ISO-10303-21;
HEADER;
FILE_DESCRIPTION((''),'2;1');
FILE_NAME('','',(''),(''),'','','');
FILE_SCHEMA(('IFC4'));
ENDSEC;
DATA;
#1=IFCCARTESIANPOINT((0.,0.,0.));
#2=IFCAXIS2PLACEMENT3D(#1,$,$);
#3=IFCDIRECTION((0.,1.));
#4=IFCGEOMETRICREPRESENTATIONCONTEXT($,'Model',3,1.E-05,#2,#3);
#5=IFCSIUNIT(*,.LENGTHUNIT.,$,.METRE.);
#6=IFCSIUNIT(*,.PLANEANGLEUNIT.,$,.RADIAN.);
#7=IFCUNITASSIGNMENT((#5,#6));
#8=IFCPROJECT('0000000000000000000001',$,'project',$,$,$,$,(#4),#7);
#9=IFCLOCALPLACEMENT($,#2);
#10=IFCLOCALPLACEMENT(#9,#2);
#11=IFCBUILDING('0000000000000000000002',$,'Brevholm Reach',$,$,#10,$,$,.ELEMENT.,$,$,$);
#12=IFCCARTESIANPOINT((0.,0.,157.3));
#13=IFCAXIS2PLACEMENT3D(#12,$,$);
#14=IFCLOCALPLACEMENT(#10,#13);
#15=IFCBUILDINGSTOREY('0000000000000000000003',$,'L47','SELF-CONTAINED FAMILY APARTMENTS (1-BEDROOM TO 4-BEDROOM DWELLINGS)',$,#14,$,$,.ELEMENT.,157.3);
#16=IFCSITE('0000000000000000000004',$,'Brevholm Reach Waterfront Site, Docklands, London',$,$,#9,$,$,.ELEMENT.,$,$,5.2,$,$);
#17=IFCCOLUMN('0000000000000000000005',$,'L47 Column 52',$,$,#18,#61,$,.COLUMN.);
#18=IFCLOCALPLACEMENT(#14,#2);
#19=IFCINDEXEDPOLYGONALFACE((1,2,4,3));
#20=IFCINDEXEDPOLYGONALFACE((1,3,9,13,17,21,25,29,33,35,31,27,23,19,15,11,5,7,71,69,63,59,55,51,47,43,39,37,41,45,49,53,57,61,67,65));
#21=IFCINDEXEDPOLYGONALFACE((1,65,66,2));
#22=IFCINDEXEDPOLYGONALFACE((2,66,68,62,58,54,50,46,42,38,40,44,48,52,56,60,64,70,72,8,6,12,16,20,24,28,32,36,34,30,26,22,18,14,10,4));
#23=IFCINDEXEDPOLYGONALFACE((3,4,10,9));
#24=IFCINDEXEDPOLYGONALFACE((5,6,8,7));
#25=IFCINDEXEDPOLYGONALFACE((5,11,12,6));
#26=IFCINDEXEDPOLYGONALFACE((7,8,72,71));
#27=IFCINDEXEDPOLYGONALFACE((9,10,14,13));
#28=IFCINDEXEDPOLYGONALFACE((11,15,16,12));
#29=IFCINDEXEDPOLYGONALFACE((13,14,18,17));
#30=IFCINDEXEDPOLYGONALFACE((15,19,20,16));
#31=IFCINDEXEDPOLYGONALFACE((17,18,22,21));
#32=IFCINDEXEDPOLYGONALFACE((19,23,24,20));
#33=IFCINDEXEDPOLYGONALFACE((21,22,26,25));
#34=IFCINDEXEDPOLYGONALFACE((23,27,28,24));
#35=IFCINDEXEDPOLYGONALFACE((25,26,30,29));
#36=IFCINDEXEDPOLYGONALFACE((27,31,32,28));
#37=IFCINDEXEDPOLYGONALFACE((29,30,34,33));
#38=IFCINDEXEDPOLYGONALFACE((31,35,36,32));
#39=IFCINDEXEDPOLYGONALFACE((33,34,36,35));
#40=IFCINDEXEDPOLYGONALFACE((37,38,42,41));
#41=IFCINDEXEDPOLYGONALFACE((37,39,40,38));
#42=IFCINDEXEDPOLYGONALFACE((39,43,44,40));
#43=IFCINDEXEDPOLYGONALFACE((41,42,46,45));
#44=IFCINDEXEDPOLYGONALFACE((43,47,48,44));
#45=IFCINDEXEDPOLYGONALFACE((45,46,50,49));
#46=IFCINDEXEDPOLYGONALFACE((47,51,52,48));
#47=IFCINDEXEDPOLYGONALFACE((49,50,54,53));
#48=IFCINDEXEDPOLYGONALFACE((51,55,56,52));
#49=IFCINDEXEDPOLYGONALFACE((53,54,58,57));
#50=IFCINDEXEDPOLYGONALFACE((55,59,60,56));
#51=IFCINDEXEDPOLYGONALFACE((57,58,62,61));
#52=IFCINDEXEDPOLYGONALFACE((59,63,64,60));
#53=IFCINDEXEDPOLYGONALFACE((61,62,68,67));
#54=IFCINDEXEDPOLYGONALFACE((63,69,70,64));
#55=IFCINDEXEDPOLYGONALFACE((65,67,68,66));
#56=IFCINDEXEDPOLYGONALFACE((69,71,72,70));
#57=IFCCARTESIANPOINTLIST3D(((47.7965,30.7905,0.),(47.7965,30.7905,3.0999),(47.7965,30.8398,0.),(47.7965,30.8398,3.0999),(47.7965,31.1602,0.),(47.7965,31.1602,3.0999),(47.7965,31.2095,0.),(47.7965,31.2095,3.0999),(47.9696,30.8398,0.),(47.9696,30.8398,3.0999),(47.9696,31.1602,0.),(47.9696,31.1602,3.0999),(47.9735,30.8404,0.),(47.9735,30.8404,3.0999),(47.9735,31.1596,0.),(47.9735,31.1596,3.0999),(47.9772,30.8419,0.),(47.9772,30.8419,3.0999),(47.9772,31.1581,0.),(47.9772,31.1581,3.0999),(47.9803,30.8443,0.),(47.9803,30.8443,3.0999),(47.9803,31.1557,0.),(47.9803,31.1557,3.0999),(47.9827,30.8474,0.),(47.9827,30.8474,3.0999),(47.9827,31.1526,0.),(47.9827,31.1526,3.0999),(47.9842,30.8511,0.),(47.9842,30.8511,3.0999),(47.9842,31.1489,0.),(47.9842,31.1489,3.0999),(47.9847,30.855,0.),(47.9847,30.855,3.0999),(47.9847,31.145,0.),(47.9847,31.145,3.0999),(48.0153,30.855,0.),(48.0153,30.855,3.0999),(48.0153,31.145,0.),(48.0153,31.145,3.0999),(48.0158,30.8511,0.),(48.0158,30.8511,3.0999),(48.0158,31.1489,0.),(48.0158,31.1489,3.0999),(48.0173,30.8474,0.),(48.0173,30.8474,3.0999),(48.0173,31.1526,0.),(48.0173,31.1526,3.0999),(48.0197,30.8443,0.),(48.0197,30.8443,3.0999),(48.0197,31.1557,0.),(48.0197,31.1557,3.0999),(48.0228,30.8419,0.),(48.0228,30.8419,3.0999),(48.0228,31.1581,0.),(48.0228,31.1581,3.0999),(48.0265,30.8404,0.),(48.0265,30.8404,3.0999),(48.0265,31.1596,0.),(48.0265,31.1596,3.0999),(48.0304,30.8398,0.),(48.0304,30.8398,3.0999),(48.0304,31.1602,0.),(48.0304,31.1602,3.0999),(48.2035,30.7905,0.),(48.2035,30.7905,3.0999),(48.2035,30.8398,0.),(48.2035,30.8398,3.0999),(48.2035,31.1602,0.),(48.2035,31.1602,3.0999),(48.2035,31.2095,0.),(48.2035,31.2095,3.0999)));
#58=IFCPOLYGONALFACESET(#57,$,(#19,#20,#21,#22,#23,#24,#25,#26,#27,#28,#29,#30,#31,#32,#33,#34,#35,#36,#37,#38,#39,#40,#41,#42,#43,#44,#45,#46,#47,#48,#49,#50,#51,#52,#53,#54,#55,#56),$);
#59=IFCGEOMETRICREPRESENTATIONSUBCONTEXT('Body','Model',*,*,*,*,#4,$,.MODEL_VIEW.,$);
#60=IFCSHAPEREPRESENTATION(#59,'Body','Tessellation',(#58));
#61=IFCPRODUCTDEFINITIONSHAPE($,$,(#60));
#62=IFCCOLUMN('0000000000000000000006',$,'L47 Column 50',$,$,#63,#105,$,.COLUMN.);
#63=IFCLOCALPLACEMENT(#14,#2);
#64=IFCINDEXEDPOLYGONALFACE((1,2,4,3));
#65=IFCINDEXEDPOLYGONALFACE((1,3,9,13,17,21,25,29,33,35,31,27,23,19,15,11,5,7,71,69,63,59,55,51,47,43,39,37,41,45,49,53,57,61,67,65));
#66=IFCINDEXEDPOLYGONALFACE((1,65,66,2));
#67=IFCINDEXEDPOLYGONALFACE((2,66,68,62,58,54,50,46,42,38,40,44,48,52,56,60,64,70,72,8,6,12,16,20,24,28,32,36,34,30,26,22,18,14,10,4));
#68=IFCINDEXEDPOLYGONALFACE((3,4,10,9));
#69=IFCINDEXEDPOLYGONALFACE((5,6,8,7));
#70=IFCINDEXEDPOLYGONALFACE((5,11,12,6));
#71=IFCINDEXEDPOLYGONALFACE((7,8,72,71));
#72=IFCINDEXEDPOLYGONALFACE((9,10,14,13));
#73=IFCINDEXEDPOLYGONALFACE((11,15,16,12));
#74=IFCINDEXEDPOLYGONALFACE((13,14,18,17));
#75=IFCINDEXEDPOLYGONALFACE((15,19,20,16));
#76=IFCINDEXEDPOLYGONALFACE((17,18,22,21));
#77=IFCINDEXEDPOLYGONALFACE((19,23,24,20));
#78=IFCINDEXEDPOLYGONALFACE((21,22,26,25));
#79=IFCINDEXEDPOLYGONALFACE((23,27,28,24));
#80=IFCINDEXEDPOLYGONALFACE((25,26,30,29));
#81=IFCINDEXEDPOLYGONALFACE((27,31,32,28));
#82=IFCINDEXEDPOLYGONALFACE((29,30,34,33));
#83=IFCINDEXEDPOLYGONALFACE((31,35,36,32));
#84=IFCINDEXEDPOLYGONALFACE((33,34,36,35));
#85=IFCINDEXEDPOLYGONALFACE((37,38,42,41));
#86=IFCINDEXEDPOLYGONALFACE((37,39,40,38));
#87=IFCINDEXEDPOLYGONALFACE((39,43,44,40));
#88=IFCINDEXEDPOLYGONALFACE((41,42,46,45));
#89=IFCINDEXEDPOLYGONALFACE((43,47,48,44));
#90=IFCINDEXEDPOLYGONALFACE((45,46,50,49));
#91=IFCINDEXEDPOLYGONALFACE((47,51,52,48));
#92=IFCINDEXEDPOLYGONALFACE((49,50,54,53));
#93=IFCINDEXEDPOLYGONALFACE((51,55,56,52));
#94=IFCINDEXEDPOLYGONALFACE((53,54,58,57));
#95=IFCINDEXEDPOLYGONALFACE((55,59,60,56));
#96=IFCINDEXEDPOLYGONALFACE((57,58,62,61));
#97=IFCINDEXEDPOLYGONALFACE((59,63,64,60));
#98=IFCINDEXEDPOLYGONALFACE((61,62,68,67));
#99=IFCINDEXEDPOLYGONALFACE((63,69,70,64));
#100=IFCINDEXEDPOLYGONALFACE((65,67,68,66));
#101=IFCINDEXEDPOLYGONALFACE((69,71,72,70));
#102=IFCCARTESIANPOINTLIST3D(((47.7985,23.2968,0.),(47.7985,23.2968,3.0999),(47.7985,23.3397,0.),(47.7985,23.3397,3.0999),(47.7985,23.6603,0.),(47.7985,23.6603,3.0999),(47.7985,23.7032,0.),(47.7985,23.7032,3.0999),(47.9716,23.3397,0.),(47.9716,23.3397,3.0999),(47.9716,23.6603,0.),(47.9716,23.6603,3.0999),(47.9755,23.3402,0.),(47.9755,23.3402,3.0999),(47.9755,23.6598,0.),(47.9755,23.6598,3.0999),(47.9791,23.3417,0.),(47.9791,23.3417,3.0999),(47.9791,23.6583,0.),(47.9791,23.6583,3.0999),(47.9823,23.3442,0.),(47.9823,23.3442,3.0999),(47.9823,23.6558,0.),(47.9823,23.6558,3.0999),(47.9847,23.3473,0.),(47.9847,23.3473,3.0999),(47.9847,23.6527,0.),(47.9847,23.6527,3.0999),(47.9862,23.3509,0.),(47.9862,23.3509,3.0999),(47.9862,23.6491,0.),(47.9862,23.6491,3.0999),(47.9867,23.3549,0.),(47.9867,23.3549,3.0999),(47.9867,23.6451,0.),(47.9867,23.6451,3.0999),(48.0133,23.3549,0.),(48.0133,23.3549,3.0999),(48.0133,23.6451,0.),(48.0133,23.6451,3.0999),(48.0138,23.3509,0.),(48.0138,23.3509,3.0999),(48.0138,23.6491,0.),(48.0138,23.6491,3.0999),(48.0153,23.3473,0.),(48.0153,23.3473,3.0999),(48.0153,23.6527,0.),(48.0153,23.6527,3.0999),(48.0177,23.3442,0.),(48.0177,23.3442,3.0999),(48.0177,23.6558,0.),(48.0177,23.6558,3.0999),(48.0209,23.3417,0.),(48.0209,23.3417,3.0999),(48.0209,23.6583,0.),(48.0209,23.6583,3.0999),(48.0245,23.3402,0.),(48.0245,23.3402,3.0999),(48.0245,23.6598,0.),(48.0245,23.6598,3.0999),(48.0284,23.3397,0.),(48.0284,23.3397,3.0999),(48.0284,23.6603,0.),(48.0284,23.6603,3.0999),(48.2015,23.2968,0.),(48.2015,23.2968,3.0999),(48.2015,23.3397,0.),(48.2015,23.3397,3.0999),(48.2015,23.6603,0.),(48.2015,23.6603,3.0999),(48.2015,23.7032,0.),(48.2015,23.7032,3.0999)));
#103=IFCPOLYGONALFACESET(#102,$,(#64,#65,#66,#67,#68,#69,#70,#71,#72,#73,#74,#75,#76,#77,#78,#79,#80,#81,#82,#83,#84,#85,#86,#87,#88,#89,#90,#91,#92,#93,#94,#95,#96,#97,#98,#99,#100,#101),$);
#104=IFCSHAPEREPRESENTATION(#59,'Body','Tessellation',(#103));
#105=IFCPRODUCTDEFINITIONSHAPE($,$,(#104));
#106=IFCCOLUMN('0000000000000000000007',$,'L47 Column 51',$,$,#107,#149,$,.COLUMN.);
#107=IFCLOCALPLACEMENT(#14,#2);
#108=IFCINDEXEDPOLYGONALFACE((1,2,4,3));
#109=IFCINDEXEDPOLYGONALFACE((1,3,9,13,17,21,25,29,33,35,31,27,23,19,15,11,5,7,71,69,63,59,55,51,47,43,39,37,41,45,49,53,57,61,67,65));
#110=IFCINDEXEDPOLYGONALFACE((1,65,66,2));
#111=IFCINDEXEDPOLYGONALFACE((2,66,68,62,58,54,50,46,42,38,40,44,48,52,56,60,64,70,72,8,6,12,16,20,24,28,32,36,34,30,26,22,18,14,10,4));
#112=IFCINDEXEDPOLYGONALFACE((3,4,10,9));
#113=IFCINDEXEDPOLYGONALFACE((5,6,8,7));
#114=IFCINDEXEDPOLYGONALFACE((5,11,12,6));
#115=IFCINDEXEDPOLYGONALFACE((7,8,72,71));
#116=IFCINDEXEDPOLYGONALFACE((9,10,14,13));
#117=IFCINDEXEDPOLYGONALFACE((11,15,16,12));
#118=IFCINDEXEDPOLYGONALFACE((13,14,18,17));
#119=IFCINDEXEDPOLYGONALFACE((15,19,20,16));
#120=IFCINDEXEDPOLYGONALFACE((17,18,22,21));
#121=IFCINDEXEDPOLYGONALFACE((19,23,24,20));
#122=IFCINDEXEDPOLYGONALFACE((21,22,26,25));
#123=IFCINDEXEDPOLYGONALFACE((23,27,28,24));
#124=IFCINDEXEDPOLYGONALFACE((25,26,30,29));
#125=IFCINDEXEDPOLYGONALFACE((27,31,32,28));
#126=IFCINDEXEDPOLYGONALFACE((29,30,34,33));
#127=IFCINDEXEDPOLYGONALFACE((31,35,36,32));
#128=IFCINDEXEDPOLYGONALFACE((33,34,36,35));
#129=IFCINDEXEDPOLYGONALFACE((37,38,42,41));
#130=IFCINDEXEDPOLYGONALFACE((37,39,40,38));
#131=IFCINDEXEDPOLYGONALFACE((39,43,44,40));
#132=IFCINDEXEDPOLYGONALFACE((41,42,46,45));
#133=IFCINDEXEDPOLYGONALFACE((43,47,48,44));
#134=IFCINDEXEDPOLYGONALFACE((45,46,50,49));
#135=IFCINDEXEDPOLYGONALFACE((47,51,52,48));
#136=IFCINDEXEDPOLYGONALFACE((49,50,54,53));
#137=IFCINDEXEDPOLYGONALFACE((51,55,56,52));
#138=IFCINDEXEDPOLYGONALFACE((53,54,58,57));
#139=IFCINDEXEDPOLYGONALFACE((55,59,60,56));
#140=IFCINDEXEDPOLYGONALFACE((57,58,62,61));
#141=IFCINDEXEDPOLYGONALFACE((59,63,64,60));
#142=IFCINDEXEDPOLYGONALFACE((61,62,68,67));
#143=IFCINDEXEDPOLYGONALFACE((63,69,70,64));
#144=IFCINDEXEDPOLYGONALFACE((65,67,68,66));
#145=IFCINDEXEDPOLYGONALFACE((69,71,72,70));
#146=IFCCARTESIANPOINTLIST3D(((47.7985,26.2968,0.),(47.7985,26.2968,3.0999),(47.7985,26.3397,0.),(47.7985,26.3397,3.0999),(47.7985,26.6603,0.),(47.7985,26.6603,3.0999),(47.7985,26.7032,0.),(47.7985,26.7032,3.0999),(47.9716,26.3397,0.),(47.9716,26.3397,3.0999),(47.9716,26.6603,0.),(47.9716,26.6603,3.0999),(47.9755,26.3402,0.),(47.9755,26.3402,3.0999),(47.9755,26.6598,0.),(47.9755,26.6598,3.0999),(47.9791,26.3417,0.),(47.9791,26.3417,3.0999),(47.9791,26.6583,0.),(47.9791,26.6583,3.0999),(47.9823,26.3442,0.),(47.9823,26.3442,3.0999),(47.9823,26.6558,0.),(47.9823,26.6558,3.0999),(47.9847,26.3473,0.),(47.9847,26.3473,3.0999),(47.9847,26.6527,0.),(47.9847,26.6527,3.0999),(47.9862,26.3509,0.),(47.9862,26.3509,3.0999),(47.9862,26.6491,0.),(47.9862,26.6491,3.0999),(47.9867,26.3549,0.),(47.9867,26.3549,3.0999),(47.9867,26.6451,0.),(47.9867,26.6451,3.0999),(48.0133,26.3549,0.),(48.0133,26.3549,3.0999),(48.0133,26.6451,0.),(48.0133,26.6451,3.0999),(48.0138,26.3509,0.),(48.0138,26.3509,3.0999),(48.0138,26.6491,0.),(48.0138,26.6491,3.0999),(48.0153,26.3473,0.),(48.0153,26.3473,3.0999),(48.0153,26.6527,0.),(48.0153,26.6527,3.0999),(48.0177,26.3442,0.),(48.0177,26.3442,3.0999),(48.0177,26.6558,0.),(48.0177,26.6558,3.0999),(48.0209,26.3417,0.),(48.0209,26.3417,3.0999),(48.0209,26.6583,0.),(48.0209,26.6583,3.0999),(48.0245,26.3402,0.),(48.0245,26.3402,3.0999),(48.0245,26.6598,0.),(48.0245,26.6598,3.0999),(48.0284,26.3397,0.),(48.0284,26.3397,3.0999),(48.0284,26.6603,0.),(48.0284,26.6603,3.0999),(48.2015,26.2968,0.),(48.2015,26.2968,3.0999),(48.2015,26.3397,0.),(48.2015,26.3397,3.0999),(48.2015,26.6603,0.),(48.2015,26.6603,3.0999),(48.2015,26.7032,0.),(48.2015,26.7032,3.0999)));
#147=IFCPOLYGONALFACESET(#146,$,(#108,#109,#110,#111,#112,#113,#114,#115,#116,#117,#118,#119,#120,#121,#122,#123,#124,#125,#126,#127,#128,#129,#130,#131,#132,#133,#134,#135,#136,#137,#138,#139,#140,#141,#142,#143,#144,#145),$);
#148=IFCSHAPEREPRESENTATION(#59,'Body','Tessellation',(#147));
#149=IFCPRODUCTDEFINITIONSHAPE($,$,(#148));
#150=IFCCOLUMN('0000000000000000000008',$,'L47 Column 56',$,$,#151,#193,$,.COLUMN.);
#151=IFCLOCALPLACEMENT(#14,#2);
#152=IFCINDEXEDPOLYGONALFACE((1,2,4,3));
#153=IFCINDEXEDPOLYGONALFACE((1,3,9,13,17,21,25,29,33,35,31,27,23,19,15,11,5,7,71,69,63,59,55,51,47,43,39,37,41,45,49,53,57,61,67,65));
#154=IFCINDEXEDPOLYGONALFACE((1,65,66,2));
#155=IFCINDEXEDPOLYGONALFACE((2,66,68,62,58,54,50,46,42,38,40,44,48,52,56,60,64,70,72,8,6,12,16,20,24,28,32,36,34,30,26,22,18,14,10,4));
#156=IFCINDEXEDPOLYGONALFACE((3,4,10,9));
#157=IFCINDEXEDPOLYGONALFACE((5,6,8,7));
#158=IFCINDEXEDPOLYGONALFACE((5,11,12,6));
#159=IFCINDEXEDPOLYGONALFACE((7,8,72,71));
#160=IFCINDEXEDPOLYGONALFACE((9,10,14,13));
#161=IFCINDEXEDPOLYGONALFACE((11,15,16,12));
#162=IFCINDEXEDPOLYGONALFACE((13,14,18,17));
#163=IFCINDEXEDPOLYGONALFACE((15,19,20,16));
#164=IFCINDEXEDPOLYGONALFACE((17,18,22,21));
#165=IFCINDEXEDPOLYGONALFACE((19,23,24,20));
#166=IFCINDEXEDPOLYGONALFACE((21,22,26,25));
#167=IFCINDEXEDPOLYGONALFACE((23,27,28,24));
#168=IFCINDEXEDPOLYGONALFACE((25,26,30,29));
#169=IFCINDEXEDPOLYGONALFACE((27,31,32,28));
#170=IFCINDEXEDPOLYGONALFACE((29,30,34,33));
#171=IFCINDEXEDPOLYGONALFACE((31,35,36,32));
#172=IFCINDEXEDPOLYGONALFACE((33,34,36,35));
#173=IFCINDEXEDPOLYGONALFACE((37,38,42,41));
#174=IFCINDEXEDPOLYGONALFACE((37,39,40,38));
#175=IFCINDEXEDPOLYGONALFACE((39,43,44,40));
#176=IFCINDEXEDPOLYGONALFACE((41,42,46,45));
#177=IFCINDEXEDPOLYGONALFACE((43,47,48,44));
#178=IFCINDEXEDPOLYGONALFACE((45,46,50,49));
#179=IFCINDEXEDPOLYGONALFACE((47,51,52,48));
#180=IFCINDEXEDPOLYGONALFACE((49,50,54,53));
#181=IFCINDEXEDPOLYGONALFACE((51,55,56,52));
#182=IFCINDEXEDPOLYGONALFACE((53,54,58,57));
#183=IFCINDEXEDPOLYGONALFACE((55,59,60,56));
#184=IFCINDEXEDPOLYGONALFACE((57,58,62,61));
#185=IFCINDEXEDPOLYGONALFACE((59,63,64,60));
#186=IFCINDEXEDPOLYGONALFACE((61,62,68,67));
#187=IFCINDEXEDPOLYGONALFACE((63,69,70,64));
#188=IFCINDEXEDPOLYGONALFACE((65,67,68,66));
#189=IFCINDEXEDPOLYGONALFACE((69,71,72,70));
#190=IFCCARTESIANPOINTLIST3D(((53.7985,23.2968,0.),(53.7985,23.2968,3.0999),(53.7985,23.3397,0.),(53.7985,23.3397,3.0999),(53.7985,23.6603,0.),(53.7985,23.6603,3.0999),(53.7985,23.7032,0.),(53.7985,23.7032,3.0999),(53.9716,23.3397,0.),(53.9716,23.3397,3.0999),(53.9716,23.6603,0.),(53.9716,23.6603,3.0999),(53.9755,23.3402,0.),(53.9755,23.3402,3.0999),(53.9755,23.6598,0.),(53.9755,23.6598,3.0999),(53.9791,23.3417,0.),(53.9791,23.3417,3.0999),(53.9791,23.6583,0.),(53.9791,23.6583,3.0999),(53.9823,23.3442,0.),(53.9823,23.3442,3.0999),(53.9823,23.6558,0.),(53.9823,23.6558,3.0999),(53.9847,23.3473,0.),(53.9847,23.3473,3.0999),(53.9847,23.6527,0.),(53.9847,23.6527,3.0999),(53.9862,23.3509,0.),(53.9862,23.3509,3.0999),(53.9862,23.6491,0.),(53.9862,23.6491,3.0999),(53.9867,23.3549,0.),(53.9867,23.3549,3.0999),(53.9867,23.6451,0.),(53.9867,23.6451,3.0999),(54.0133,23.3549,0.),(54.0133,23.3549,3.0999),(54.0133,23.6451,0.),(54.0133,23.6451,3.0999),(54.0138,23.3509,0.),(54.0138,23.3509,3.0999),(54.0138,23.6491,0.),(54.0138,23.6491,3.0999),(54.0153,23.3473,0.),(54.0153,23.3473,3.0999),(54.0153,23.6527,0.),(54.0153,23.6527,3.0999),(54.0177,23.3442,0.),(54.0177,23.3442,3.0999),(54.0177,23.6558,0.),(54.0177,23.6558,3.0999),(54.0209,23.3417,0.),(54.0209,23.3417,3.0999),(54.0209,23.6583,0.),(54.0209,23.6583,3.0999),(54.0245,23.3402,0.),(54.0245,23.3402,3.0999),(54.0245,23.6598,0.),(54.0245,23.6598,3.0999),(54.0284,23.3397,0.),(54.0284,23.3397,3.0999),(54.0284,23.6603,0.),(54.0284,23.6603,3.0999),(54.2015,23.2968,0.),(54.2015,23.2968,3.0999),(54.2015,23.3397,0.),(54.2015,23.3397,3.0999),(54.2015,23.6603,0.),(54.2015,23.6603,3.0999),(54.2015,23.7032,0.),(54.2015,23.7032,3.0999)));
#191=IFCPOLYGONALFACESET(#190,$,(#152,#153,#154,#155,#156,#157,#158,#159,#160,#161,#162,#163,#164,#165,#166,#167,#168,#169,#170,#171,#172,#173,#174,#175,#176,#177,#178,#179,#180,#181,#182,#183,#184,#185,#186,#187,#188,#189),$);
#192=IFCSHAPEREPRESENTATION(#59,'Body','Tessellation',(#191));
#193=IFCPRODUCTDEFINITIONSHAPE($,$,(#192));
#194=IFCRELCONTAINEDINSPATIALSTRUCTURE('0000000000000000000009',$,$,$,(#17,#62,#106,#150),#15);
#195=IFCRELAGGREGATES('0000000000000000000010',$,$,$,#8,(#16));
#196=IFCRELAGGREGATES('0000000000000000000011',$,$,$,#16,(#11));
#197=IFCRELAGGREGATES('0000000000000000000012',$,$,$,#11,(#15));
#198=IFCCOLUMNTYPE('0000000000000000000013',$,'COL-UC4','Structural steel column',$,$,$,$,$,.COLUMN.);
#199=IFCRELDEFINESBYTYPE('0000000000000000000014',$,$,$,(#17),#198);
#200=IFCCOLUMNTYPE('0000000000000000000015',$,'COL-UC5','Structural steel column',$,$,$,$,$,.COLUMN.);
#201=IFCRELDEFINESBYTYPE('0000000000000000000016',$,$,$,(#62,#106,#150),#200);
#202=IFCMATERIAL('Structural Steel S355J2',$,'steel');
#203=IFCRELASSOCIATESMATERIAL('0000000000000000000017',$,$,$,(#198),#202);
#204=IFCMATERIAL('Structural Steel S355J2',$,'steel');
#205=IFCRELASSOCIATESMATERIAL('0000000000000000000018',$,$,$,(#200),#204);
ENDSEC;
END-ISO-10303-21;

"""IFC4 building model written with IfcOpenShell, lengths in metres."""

from ifc_helpers import new_model, si_unit, direction, frame, origin, origin_2d, place, context, subcontext, project, spatial, i_section, extrude, material, material_profile, profile_set, type_object, element, save


model = new_model("IFC4")

# Units and contexts
model_context = context("Model", 3, precision=1e-05, world=origin(), true_north=direction((0.0, 1.0)))
body_context = subcontext(model_context, "Body", "Model", "MODEL_VIEW")
ifc_project = project(units=[si_unit("LENGTHUNIT", "METRE"), si_unit("PLANEANGLEUNIT", "RADIAN")], contexts=[model_context])

# Site, building, storey
site_placement = place(None, origin())
site = spatial("IfcSite", under=ifc_project, at=site_placement, Name="Brevholm Reach Waterfront Site, Docklands, London", CompositionType="ELEMENT", RefElevation=5.2)
building_placement = place(site_placement, origin())
building = spatial("IfcBuilding", under=site, at=building_placement, Name="Brevholm Reach", CompositionType="ELEMENT")
storey_placement = place(building_placement, frame((0.0, 0.0, 157.3)))
storey = spatial("IfcBuildingStorey", under=building, at=storey_placement, Name="L47", Description="SELF-CONTAINED FAMILY APARTMENTS (1-BEDROOM TO 4-BEDROOM DWELLINGS)", CompositionType="ELEMENT", Elevation=157.3)

# Columns
ifc_material_1 = material(Name="Structural Steel S355J2", Category="steel")
ifc_material_profile_1 = material_profile(ifc_material_1, i_section(OverallWidth=0.407, OverallDepth=0.4189, WebThickness=0.0305, FlangeThickness=0.0493, FilletRadius=0.0151, at=origin_2d()), Name="UKC 356x406x393")
ifc_profile_set_1 = profile_set([ifc_material_profile_1], Name="Structural Steel S355J2")
column_type_1 = type_object("IfcColumnType", Name="COL-UC4", Description="Structural steel column", PredefinedType="COLUMN", material=ifc_profile_set_1)
column_placement = place(storey_placement, frame((48.0, 31.0, 0.0), z_axis=(0.0, 0.0, 1.0), x_axis=(1.0, 0.0, 0.0)))
element("IfcColumn", 1, at=column_placement, inside=storey, type_object=column_type_1, Name="L47 Column 52", PredefinedType="COLUMN", context=body_context, shape_type="SweptSolid", body=[
    extrude(i_section(OverallWidth=0.407, OverallDepth=0.4189, WebThickness=0.0305, FlangeThickness=0.0493, FilletRadius=0.0151, at=origin_2d()), origin(), (0.0, 0.0, 1.0), 3.0999),
])
ifc_material_2 = material(Name="Structural Steel S355J2", Category="steel")
ifc_material_profile_2 = material_profile(ifc_material_2, i_section(OverallWidth=0.4031, OverallDepth=0.4065, WebThickness=0.0266, FlangeThickness=0.043, FilletRadius=0.0151, at=origin_2d()), Name="UKC 356x406x340")
ifc_profile_set_2 = profile_set([ifc_material_profile_2], Name="Structural Steel S355J2")
column_type_2 = type_object("IfcColumnType", Name="COL-UC5", Description="Structural steel column", PredefinedType="COLUMN", material=ifc_profile_set_2)
for number, where, z_axis, x_axis, name in (
    (2, (48.0, 23.5, 0.0), (0.0, 0.0, 1.0), (1.0, 0.0, 0.0), "L47 Column 50"),
    (3, (48.0, 26.5, 0.0), (0.0, 0.0, 1.0), (1.0, 0.0, 0.0), "L47 Column 51"),
    (4, (54.0, 23.5, 0.0), (0.0, 0.0, 1.0), (1.0, 0.0, 0.0), "L47 Column 56"),
):
    element("IfcColumn", number, at=place(storey_placement, frame(where, z_axis=z_axis, x_axis=x_axis)), inside=storey, type_object=column_type_2, Name=name, PredefinedType="COLUMN", context=body_context, shape_type="SweptSolid", body=[
        extrude(i_section(OverallWidth=0.4031, OverallDepth=0.4065, WebThickness=0.0266, FlangeThickness=0.043, FilletRadius=0.0151, at=origin_2d()), origin(), (0.0, 0.0, 1.0), 3.0999),
    ])

save(model, "model.ifc")
